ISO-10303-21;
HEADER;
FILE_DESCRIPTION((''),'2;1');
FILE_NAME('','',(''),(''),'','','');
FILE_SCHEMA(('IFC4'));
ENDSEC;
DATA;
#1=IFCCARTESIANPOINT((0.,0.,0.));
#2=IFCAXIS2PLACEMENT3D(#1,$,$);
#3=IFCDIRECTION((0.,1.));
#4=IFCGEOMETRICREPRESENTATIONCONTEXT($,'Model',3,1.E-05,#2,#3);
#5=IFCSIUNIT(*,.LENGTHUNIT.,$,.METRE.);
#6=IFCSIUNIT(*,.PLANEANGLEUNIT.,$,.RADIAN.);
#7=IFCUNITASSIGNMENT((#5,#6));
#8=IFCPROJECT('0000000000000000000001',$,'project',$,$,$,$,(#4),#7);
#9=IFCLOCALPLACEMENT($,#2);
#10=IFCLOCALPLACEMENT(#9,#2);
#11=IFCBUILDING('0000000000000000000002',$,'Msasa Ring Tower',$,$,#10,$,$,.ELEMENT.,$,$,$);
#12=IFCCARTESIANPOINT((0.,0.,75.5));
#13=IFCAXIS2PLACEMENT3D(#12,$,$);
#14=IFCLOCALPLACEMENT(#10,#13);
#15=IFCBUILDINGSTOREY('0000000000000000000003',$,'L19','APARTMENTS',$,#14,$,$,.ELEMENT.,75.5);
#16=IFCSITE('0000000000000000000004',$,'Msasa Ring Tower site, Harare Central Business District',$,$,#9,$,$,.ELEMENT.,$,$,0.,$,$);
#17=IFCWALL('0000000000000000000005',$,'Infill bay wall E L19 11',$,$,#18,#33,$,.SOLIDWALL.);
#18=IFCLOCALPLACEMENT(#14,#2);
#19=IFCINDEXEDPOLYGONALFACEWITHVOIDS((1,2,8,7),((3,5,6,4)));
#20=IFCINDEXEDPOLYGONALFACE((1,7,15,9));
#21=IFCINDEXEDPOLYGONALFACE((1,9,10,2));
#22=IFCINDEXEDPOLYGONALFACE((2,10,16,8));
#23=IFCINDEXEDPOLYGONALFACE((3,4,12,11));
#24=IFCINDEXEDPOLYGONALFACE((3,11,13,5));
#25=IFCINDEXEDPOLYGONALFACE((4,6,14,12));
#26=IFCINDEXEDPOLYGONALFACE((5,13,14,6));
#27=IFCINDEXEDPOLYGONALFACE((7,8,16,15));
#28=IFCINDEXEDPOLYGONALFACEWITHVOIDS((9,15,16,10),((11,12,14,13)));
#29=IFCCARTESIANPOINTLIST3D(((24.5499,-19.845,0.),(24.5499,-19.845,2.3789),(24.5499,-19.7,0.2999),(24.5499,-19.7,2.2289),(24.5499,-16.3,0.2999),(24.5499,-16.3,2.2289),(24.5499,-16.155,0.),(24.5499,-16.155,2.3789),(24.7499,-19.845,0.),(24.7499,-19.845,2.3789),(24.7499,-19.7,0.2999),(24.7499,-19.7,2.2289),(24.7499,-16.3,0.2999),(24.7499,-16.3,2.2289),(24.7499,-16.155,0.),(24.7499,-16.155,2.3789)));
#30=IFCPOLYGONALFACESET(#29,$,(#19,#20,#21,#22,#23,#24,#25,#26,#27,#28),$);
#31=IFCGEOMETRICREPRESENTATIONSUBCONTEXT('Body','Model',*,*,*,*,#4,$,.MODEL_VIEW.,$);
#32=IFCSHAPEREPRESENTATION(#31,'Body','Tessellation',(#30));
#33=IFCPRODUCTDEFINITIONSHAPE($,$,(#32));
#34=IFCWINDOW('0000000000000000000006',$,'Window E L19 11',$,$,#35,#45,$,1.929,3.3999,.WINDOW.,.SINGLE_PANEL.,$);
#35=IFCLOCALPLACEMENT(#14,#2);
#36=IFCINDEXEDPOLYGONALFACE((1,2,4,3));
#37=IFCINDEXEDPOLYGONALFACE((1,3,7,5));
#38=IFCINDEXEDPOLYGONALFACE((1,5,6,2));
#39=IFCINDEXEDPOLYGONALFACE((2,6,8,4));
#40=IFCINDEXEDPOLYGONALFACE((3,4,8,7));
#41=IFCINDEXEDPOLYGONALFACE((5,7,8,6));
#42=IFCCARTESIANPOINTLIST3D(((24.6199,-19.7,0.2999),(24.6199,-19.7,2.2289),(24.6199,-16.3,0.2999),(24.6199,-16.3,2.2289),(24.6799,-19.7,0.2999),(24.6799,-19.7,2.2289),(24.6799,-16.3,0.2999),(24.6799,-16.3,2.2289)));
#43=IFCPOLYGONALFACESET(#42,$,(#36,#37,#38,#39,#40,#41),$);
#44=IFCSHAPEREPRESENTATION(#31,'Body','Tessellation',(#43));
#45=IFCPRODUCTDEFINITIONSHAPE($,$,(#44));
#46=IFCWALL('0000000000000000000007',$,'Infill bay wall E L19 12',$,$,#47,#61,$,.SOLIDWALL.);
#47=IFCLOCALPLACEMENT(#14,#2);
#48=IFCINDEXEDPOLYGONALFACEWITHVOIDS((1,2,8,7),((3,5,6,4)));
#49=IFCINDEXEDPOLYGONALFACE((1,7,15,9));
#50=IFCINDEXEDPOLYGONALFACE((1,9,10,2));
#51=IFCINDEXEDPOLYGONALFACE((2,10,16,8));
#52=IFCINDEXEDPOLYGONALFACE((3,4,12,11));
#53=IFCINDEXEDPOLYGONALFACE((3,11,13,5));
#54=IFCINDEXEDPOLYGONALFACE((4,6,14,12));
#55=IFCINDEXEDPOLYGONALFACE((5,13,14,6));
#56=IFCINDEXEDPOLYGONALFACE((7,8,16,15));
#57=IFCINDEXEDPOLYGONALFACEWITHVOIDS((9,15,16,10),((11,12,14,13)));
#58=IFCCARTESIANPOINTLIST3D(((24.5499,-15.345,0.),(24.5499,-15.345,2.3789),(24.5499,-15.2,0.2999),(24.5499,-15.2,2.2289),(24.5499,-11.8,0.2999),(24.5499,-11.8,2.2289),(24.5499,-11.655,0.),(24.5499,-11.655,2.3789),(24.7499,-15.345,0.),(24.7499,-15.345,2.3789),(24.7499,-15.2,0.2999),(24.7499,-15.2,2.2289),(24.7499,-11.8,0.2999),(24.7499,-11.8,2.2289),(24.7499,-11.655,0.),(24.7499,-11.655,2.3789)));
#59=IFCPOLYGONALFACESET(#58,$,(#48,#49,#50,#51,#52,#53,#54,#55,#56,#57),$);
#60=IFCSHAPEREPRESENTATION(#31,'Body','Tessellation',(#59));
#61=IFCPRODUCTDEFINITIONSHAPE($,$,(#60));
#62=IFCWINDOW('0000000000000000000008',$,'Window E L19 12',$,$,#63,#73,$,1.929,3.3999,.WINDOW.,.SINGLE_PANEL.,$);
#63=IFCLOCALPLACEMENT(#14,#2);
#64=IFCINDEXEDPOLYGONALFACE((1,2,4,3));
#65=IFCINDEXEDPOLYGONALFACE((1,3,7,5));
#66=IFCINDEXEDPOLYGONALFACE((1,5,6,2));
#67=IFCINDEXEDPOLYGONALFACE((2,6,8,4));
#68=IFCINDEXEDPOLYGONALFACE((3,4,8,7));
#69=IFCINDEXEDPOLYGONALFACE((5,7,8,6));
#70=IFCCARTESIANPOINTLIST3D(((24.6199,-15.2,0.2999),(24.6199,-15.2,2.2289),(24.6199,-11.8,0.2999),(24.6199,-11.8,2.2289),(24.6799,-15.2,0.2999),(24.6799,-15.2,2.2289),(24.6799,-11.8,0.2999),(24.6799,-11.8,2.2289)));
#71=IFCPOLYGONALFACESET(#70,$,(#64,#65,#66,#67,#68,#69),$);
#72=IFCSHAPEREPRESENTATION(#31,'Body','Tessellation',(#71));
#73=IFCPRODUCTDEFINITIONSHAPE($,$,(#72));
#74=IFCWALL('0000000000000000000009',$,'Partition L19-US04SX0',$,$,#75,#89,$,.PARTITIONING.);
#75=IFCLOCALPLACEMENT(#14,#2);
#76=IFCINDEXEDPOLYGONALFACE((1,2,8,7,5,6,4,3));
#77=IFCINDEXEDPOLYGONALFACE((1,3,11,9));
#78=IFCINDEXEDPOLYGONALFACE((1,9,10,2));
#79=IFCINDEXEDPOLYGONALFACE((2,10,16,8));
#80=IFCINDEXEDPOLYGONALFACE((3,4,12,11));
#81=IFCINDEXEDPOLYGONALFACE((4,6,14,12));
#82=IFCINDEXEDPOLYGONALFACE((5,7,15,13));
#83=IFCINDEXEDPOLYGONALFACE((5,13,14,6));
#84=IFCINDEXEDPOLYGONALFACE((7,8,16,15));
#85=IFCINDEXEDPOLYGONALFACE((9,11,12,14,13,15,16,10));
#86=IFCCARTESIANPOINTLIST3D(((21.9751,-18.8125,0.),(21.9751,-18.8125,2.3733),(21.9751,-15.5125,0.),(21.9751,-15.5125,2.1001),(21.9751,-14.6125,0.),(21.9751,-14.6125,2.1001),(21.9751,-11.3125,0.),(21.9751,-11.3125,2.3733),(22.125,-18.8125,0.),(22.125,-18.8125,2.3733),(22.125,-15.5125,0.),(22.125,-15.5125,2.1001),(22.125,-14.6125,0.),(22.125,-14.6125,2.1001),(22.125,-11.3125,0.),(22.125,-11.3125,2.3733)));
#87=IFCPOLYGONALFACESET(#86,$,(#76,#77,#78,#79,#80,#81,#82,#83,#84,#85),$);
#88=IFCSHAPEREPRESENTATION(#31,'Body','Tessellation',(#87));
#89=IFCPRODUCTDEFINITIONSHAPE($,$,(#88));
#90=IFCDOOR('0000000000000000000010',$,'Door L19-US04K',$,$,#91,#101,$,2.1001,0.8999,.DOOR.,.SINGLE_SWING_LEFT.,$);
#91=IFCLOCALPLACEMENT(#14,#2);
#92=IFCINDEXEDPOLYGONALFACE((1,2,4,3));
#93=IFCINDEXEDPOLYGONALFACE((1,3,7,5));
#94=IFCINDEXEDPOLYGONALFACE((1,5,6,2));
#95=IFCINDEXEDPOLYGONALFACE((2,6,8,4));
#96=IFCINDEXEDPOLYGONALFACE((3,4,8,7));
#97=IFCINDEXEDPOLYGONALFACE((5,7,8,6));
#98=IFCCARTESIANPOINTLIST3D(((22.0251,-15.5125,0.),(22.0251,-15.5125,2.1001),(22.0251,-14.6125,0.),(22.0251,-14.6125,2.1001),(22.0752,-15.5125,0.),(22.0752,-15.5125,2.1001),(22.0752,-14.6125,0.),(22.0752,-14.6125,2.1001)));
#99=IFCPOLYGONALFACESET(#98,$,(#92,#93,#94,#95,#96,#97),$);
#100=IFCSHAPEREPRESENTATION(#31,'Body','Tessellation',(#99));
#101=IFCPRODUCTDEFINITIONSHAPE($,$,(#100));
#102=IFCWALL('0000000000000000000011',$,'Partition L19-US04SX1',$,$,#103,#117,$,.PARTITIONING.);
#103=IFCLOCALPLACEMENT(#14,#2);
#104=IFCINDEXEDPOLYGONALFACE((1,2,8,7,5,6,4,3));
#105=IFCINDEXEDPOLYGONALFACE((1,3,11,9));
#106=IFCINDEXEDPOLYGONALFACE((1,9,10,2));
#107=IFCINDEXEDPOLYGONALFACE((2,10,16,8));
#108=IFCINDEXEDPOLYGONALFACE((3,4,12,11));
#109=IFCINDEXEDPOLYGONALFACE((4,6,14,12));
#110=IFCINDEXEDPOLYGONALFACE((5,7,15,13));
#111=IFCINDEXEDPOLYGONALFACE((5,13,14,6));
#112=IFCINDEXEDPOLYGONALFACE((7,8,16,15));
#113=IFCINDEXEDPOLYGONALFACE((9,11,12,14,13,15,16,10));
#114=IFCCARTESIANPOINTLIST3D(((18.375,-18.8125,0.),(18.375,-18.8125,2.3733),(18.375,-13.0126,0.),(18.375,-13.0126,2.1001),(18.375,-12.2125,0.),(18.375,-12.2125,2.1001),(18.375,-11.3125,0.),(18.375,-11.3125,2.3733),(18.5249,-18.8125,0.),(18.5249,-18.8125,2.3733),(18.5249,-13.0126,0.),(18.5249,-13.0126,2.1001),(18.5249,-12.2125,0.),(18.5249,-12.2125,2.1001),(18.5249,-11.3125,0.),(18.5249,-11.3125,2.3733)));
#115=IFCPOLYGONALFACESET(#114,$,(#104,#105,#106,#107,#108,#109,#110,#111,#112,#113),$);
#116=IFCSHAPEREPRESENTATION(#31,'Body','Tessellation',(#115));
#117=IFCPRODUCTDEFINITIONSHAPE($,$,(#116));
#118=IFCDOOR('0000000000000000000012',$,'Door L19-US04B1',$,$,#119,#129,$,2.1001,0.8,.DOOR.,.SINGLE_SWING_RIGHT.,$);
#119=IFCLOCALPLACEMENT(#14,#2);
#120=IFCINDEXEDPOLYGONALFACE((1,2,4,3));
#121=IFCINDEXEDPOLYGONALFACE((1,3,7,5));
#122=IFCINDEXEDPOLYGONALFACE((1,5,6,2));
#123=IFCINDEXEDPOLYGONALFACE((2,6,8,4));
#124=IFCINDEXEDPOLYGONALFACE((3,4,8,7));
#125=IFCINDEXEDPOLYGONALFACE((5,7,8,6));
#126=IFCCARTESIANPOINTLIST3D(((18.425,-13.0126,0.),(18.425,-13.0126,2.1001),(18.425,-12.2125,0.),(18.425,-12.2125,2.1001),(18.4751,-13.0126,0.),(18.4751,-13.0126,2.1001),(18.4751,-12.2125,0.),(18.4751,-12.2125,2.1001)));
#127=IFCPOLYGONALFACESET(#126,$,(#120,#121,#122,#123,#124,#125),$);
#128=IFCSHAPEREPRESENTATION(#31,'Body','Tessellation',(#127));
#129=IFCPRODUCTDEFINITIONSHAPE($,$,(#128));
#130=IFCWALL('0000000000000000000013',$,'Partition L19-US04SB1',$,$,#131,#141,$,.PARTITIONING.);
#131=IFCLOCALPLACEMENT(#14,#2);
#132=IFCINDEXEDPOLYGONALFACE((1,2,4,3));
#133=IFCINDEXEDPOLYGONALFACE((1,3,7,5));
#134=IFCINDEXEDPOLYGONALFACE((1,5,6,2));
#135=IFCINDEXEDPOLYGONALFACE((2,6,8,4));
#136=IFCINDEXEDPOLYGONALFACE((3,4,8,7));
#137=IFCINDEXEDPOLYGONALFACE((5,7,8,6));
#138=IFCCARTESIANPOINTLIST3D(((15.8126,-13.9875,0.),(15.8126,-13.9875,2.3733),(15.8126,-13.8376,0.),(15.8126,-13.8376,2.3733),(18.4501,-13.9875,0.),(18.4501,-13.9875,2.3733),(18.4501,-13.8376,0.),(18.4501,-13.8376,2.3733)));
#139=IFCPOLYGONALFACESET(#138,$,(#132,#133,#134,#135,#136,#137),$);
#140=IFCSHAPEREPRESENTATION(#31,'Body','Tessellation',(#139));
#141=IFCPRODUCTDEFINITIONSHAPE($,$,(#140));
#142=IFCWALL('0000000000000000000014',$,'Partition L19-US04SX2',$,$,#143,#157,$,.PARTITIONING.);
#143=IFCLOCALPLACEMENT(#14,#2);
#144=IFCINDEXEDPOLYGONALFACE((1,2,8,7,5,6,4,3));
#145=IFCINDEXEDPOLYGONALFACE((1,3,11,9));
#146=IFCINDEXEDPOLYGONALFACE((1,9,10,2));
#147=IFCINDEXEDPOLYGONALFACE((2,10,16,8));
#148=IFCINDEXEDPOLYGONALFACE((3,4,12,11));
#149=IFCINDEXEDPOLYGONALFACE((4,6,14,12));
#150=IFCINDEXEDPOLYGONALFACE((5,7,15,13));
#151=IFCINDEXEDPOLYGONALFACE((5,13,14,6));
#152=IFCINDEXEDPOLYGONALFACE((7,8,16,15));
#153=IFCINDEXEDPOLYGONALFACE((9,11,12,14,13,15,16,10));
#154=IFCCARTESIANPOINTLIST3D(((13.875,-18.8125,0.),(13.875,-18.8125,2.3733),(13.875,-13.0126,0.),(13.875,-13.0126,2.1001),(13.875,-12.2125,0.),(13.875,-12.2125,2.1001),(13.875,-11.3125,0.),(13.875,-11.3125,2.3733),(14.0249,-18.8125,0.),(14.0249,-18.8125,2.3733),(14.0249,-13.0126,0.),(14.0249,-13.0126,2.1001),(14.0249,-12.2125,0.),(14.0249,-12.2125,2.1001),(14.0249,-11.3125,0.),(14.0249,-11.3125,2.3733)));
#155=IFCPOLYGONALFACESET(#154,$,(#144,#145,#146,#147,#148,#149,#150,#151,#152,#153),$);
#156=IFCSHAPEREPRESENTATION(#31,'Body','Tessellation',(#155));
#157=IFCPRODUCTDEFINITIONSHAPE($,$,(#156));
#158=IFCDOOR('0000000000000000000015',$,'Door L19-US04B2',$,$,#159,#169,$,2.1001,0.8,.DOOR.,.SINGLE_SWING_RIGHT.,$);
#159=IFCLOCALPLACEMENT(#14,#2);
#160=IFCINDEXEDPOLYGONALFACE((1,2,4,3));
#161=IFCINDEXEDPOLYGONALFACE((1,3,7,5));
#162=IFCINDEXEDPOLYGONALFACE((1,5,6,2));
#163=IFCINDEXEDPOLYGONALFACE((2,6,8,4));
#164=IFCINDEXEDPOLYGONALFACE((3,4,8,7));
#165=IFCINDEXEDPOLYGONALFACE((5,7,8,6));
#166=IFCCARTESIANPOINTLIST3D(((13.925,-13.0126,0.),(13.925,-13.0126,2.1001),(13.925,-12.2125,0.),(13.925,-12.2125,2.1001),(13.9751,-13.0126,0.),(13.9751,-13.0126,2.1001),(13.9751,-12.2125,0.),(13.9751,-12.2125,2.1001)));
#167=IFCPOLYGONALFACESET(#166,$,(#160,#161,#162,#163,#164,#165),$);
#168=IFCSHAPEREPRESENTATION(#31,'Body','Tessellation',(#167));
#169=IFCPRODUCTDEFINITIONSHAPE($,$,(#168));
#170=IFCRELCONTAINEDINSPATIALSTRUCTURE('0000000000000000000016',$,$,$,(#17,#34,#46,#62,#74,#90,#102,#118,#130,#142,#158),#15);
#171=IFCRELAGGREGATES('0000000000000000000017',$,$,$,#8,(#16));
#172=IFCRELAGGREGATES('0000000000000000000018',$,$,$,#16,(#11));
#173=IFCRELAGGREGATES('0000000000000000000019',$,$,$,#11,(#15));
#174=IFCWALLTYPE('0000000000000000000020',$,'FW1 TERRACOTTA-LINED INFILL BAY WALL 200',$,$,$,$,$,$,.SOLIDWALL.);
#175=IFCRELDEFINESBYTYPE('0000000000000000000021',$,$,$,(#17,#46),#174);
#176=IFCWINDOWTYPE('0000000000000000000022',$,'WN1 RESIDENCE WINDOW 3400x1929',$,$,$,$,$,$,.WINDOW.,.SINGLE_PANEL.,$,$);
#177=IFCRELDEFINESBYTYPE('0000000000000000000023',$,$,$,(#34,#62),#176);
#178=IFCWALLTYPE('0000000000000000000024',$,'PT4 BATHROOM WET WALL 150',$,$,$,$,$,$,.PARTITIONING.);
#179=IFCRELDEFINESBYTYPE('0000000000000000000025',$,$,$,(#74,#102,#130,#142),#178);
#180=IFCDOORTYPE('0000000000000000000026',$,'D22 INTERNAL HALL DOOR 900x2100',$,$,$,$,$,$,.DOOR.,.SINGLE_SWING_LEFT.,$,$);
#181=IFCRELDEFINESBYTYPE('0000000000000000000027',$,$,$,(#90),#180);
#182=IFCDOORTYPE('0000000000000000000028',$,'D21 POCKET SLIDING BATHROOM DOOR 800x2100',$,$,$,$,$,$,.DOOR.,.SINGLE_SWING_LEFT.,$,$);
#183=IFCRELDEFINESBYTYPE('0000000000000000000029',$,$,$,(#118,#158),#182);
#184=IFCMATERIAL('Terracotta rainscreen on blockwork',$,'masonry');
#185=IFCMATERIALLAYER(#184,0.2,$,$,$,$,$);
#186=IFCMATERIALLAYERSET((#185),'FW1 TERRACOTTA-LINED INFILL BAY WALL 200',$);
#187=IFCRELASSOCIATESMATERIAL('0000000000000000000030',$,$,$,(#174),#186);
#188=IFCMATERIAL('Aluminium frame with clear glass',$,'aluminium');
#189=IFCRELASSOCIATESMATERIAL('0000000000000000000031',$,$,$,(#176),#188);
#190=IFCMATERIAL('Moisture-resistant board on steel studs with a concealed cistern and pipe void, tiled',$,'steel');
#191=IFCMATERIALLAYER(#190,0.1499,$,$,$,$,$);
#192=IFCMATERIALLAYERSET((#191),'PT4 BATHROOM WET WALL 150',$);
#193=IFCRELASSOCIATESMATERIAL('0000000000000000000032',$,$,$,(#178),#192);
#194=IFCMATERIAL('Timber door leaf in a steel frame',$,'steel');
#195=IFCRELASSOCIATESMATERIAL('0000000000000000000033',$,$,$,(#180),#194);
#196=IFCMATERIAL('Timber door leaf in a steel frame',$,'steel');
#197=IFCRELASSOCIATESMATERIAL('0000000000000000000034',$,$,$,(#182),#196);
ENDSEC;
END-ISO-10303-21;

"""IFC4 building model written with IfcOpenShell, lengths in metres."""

from ifc_helpers import new_model, si_unit, direction, frame, frame_2d, origin, place, context, subcontext, project, spatial, rectangle, extrude, material, layer, layer_set, type_object, element, fill, save


model = new_model("IFC4")

# Units and contexts
model_context = context("Model", 3, precision=1e-05, world=origin(), true_north=direction((0.0, 1.0)))
body_context = subcontext(model_context, "Body", "Model", "MODEL_VIEW")
ifc_project = project(units=[si_unit("LENGTHUNIT", "METRE"), si_unit("PLANEANGLEUNIT", "RADIAN")], contexts=[model_context])

# Site, building, storey
site_placement = place(None, origin())
site = spatial("IfcSite", under=ifc_project, at=site_placement, Name="Msasa Ring Tower site, Harare Central Business District", CompositionType="ELEMENT", RefElevation=0.0)
building_placement = place(site_placement, origin())
building = spatial("IfcBuilding", under=site, at=building_placement, Name="Msasa Ring Tower", CompositionType="ELEMENT")
storey_placement = place(building_placement, frame((0.0, 0.0, 75.5)))
storey = spatial("IfcBuildingStorey", under=building, at=storey_placement, Name="L19", Description="APARTMENTS", CompositionType="ELEMENT", Elevation=75.5)

# Walls, openings, windows
ifc_material_1 = material(Name="Terracotta rainscreen on blockwork", Category="masonry")
ifc_layer_1 = layer(ifc_material_1, 0.2)
ifc_layer_set_1 = layer_set([ifc_layer_1], Name="FW1 TERRACOTTA-LINED INFILL BAY WALL 200")
wall_type_1 = type_object("IfcWallType", Name="FW1 TERRACOTTA-LINED INFILL BAY WALL 200", PredefinedType="SOLIDWALL", material=ifc_layer_set_1)
wall_1_placement = place(storey_placement, frame((24.6499, -19.845, 0.0), z_axis=(0.0, 0.0, 1.0), x_axis=(0.0, 1.0, 0.0)))
wall_1 = element("IfcWall", 1, at=wall_1_placement, inside=storey, type_object=wall_type_1, Name="Infill bay wall E L19 11", PredefinedType="SOLIDWALL", context=body_context, shape_type="SweptSolid", body=[
    extrude(rectangle(XDim=3.6899, YDim=0.2, at=frame_2d((1.845, 0.0))), origin(), (0.0, 0.0, 1.0), 2.3789),
])
opening_1_placement = place(wall_1_placement, frame((0.145, 0.0, 0.3)))
opening_1 = element("IfcOpeningElement", 2, at=opening_1_placement, cuts=wall_1, PredefinedType="OPENING", context=body_context, shape_type="SweptSolid", body=[
    extrude(rectangle(XDim=3.3999, YDim=1.929, at=frame_2d((1.7, 0.9644))), frame((0.0, 0.1099, 0.0), z_axis=(0.0, -1.0, 0.0), x_axis=(1.0, 0.0, 0.0)), (0.0, 0.0, 1.0), 0.22),
])
ifc_material_2 = material(Name="Aluminium frame with clear glass", Category="aluminium")
window_type = type_object("IfcWindowType", Name="WN1 RESIDENCE WINDOW 3400x1929", PartitioningType="SINGLE_PANEL", PredefinedType="WINDOW", material=ifc_material_2)
window_1_placement = place(opening_1_placement, origin())
window_1 = element("IfcWindow", 3, at=window_1_placement, inside=storey, type_object=window_type, Name="Window E L19 11", OverallHeight=1.929, OverallWidth=3.3999, PartitioningType="SINGLE_PANEL", PredefinedType="WINDOW", context=body_context, shape_type="SweptSolid", body=[
    extrude(rectangle(XDim=3.3999, YDim=1.929, at=frame_2d((1.7, 0.9644))), frame((0.0, 0.03, 0.0), z_axis=(0.0, -1.0, 0.0), x_axis=(1.0, 0.0, 0.0)), (0.0, 0.0, 1.0), 0.0601),
])
fill(opening_1, window_1)
wall_2_placement = place(storey_placement, frame((24.6499, -15.345, 0.0), z_axis=(0.0, 0.0, 1.0), x_axis=(0.0, 1.0, 0.0)))
wall_2 = element("IfcWall", 4, at=wall_2_placement, inside=storey, type_object=wall_type_1, Name="Infill bay wall E L19 12", PredefinedType="SOLIDWALL", context=body_context, shape_type="SweptSolid", body=[
    extrude(rectangle(XDim=3.6899, YDim=0.2, at=frame_2d((1.845, 0.0))), origin(), (0.0, 0.0, 1.0), 2.3789),
])
opening_2_placement = place(wall_2_placement, frame((0.145, 0.0, 0.3)))
opening_2 = element("IfcOpeningElement", 5, at=opening_2_placement, cuts=wall_2, PredefinedType="OPENING", context=body_context, shape_type="SweptSolid", body=[
    extrude(rectangle(XDim=3.3999, YDim=1.929, at=frame_2d((1.7, 0.9644))), frame((0.0, 0.1099, 0.0), z_axis=(0.0, -1.0, 0.0), x_axis=(1.0, 0.0, 0.0)), (0.0, 0.0, 1.0), 0.22),
])
window_2_placement = place(opening_2_placement, origin())
window_2 = element("IfcWindow", 6, at=window_2_placement, inside=storey, type_object=window_type, Name="Window E L19 12", OverallHeight=1.929, OverallWidth=3.3999, PartitioningType="SINGLE_PANEL", PredefinedType="WINDOW", context=body_context, shape_type="SweptSolid", body=[
    extrude(rectangle(XDim=3.3999, YDim=1.929, at=frame_2d((1.7, 0.9644))), frame((0.0, 0.03, 0.0), z_axis=(0.0, -1.0, 0.0), x_axis=(1.0, 0.0, 0.0)), (0.0, 0.0, 1.0), 0.0601),
])
fill(opening_2, window_2)

# Walls, openings, doors
ifc_material_3 = material(Name="Moisture-resistant board on steel studs with a concealed cistern and pipe void, tiled", Category="steel")
ifc_layer_2 = layer(ifc_material_3, 0.1499)
ifc_layer_set_2 = layer_set([ifc_layer_2], Name="PT4 BATHROOM WET WALL 150")
wall_type_2 = type_object("IfcWallType", Name="PT4 BATHROOM WET WALL 150", PredefinedType="PARTITIONING", material=ifc_layer_set_2)
wall_3_placement = place(storey_placement, frame((22.05, -18.8125, 0.0), z_axis=(0.0, 0.0, 1.0), x_axis=(0.0, 1.0, 0.0)))
wall_3 = element("IfcWall", 7, at=wall_3_placement, inside=storey, type_object=wall_type_2, Name="Partition L19-US04SX0", PredefinedType="PARTITIONING", context=body_context, shape_type="SweptSolid", body=[
    extrude(rectangle(XDim=7.5, YDim=0.1499, at=frame_2d((3.75, 0.0))), origin(), (0.0, 0.0, 1.0), 2.3733),
])
opening_3_placement = place(wall_3_placement, frame((3.3, 0.0, 0.0)))
opening_3 = element("IfcOpeningElement", 8, at=opening_3_placement, cuts=wall_3, PredefinedType="OPENING", context=body_context, shape_type="SweptSolid", body=[
    extrude(rectangle(XDim=0.8999, YDim=2.1001, at=frame_2d((0.45, 1.05))), frame((0.0, 0.085, 0.0), z_axis=(0.0, -1.0, 0.0), x_axis=(1.0, 0.0, 0.0)), (0.0, 0.0, 1.0), 0.1699),
])
ifc_material_4 = material(Name="Timber door leaf in a steel frame", Category="steel")
door_type_1 = type_object("IfcDoorType", Name="D22 INTERNAL HALL DOOR 900x2100", OperationType="SINGLE_SWING_LEFT", PredefinedType="DOOR", material=ifc_material_4)
door_1_placement = place(opening_3_placement, origin())
door_1 = element("IfcDoor", 9, at=door_1_placement, inside=storey, type_object=door_type_1, Name="Door L19-US04K", OperationType="SINGLE_SWING_LEFT", OverallHeight=2.1001, OverallWidth=0.8999, PredefinedType="DOOR", context=body_context, shape_type="SweptSolid", body=[
    extrude(rectangle(XDim=0.8999, YDim=2.1001, at=frame_2d((0.45, 1.05))), frame((0.0, 0.0249, 0.0), z_axis=(0.0, -1.0, 0.0), x_axis=(1.0, 0.0, 0.0)), (0.0, 0.0, 1.0), 0.05),
])
fill(opening_3, door_1)
wall_4_placement = place(storey_placement, frame((18.45, -18.8125, 0.0), z_axis=(0.0, 0.0, 1.0), x_axis=(0.0, 1.0, 0.0)))
wall_4 = element("IfcWall", 10, at=wall_4_placement, inside=storey, type_object=wall_type_2, Name="Partition L19-US04SX1", PredefinedType="PARTITIONING", context=body_context, shape_type="SweptSolid", body=[
    extrude(rectangle(XDim=7.5, YDim=0.1499, at=frame_2d((3.75, 0.0))), origin(), (0.0, 0.0, 1.0), 2.3733),
])
opening_4_placement = place(wall_4_placement, frame((5.8, 0.0, 0.0)))
opening_4 = element("IfcOpeningElement", 11, at=opening_4_placement, cuts=wall_4, PredefinedType="OPENING", context=body_context, shape_type="SweptSolid", body=[
    extrude(rectangle(XDim=0.8, YDim=2.1001, at=frame_2d((0.3999, 1.05))), frame((0.0, 0.085, 0.0), z_axis=(0.0, -1.0, 0.0), x_axis=(1.0, 0.0, 0.0)), (0.0, 0.0, 1.0), 0.1699),
])
ifc_material_5 = material(Name="Timber door leaf in a steel frame", Category="steel")
door_type_2 = type_object("IfcDoorType", Name="D21 POCKET SLIDING BATHROOM DOOR 800x2100", OperationType="SINGLE_SWING_LEFT", PredefinedType="DOOR", material=ifc_material_5)
door_2_placement = place(opening_4_placement, origin())
door_2 = element("IfcDoor", 12, at=door_2_placement, inside=storey, type_object=door_type_2, Name="Door L19-US04B1", OperationType="SINGLE_SWING_RIGHT", OverallHeight=2.1001, OverallWidth=0.8, PredefinedType="DOOR", context=body_context, shape_type="SweptSolid", body=[
    extrude(rectangle(XDim=0.8, YDim=2.1001, at=frame_2d((0.3999, 1.05))), frame((0.0, 0.0249, 0.0), z_axis=(0.0, -1.0, 0.0), x_axis=(1.0, 0.0, 0.0)), (0.0, 0.0, 1.0), 0.05),
])
fill(opening_4, door_2)

# Wall
wall_5_placement = place(storey_placement, frame((15.8125, -13.9126, 0.0), z_axis=(0.0, 0.0, 1.0), x_axis=(1.0, 0.0, 0.0)))
element("IfcWall", 13, at=wall_5_placement, inside=storey, type_object=wall_type_2, Name="Partition L19-US04SB1", PredefinedType="PARTITIONING", context=body_context, shape_type="SweptSolid", body=[
    extrude(rectangle(XDim=2.6375, YDim=0.1499, at=frame_2d((1.3188, 0.0))), origin(), (0.0, 0.0, 1.0), 2.3733),
])

# Wall, opening, door
wall_6_placement = place(storey_placement, frame((13.95, -18.8125, 0.0), z_axis=(0.0, 0.0, 1.0), x_axis=(0.0, 1.0, 0.0)))
wall_6 = element("IfcWall", 14, at=wall_6_placement, inside=storey, type_object=wall_type_2, Name="Partition L19-US04SX2", PredefinedType="PARTITIONING", context=body_context, shape_type="SweptSolid", body=[
    extrude(rectangle(XDim=7.5, YDim=0.1499, at=frame_2d((3.75, 0.0))), origin(), (0.0, 0.0, 1.0), 2.3733),
])
opening_5_placement = place(wall_6_placement, frame((5.8, 0.0, 0.0)))
opening_5 = element("IfcOpeningElement", 15, at=opening_5_placement, cuts=wall_6, PredefinedType="OPENING", context=body_context, shape_type="SweptSolid", body=[
    extrude(rectangle(XDim=0.8, YDim=2.1001, at=frame_2d((0.3999, 1.05))), frame((0.0, 0.085, 0.0), z_axis=(0.0, -1.0, 0.0), x_axis=(1.0, 0.0, 0.0)), (0.0, 0.0, 1.0), 0.1699),
])
door_3_placement = place(opening_5_placement, origin())
door_3 = element("IfcDoor", 16, at=door_3_placement, inside=storey, type_object=door_type_2, Name="Door L19-US04B2", OperationType="SINGLE_SWING_RIGHT", OverallHeight=2.1001, OverallWidth=0.8, PredefinedType="DOOR", context=body_context, shape_type="SweptSolid", body=[
    extrude(rectangle(XDim=0.8, YDim=2.1001, at=frame_2d((0.3999, 1.05))), frame((0.0, 0.0249, 0.0), z_axis=(0.0, -1.0, 0.0), x_axis=(1.0, 0.0, 0.0)), (0.0, 0.0, 1.0), 0.05),
])
fill(opening_5, door_3)

save(model, "model.ifc")
